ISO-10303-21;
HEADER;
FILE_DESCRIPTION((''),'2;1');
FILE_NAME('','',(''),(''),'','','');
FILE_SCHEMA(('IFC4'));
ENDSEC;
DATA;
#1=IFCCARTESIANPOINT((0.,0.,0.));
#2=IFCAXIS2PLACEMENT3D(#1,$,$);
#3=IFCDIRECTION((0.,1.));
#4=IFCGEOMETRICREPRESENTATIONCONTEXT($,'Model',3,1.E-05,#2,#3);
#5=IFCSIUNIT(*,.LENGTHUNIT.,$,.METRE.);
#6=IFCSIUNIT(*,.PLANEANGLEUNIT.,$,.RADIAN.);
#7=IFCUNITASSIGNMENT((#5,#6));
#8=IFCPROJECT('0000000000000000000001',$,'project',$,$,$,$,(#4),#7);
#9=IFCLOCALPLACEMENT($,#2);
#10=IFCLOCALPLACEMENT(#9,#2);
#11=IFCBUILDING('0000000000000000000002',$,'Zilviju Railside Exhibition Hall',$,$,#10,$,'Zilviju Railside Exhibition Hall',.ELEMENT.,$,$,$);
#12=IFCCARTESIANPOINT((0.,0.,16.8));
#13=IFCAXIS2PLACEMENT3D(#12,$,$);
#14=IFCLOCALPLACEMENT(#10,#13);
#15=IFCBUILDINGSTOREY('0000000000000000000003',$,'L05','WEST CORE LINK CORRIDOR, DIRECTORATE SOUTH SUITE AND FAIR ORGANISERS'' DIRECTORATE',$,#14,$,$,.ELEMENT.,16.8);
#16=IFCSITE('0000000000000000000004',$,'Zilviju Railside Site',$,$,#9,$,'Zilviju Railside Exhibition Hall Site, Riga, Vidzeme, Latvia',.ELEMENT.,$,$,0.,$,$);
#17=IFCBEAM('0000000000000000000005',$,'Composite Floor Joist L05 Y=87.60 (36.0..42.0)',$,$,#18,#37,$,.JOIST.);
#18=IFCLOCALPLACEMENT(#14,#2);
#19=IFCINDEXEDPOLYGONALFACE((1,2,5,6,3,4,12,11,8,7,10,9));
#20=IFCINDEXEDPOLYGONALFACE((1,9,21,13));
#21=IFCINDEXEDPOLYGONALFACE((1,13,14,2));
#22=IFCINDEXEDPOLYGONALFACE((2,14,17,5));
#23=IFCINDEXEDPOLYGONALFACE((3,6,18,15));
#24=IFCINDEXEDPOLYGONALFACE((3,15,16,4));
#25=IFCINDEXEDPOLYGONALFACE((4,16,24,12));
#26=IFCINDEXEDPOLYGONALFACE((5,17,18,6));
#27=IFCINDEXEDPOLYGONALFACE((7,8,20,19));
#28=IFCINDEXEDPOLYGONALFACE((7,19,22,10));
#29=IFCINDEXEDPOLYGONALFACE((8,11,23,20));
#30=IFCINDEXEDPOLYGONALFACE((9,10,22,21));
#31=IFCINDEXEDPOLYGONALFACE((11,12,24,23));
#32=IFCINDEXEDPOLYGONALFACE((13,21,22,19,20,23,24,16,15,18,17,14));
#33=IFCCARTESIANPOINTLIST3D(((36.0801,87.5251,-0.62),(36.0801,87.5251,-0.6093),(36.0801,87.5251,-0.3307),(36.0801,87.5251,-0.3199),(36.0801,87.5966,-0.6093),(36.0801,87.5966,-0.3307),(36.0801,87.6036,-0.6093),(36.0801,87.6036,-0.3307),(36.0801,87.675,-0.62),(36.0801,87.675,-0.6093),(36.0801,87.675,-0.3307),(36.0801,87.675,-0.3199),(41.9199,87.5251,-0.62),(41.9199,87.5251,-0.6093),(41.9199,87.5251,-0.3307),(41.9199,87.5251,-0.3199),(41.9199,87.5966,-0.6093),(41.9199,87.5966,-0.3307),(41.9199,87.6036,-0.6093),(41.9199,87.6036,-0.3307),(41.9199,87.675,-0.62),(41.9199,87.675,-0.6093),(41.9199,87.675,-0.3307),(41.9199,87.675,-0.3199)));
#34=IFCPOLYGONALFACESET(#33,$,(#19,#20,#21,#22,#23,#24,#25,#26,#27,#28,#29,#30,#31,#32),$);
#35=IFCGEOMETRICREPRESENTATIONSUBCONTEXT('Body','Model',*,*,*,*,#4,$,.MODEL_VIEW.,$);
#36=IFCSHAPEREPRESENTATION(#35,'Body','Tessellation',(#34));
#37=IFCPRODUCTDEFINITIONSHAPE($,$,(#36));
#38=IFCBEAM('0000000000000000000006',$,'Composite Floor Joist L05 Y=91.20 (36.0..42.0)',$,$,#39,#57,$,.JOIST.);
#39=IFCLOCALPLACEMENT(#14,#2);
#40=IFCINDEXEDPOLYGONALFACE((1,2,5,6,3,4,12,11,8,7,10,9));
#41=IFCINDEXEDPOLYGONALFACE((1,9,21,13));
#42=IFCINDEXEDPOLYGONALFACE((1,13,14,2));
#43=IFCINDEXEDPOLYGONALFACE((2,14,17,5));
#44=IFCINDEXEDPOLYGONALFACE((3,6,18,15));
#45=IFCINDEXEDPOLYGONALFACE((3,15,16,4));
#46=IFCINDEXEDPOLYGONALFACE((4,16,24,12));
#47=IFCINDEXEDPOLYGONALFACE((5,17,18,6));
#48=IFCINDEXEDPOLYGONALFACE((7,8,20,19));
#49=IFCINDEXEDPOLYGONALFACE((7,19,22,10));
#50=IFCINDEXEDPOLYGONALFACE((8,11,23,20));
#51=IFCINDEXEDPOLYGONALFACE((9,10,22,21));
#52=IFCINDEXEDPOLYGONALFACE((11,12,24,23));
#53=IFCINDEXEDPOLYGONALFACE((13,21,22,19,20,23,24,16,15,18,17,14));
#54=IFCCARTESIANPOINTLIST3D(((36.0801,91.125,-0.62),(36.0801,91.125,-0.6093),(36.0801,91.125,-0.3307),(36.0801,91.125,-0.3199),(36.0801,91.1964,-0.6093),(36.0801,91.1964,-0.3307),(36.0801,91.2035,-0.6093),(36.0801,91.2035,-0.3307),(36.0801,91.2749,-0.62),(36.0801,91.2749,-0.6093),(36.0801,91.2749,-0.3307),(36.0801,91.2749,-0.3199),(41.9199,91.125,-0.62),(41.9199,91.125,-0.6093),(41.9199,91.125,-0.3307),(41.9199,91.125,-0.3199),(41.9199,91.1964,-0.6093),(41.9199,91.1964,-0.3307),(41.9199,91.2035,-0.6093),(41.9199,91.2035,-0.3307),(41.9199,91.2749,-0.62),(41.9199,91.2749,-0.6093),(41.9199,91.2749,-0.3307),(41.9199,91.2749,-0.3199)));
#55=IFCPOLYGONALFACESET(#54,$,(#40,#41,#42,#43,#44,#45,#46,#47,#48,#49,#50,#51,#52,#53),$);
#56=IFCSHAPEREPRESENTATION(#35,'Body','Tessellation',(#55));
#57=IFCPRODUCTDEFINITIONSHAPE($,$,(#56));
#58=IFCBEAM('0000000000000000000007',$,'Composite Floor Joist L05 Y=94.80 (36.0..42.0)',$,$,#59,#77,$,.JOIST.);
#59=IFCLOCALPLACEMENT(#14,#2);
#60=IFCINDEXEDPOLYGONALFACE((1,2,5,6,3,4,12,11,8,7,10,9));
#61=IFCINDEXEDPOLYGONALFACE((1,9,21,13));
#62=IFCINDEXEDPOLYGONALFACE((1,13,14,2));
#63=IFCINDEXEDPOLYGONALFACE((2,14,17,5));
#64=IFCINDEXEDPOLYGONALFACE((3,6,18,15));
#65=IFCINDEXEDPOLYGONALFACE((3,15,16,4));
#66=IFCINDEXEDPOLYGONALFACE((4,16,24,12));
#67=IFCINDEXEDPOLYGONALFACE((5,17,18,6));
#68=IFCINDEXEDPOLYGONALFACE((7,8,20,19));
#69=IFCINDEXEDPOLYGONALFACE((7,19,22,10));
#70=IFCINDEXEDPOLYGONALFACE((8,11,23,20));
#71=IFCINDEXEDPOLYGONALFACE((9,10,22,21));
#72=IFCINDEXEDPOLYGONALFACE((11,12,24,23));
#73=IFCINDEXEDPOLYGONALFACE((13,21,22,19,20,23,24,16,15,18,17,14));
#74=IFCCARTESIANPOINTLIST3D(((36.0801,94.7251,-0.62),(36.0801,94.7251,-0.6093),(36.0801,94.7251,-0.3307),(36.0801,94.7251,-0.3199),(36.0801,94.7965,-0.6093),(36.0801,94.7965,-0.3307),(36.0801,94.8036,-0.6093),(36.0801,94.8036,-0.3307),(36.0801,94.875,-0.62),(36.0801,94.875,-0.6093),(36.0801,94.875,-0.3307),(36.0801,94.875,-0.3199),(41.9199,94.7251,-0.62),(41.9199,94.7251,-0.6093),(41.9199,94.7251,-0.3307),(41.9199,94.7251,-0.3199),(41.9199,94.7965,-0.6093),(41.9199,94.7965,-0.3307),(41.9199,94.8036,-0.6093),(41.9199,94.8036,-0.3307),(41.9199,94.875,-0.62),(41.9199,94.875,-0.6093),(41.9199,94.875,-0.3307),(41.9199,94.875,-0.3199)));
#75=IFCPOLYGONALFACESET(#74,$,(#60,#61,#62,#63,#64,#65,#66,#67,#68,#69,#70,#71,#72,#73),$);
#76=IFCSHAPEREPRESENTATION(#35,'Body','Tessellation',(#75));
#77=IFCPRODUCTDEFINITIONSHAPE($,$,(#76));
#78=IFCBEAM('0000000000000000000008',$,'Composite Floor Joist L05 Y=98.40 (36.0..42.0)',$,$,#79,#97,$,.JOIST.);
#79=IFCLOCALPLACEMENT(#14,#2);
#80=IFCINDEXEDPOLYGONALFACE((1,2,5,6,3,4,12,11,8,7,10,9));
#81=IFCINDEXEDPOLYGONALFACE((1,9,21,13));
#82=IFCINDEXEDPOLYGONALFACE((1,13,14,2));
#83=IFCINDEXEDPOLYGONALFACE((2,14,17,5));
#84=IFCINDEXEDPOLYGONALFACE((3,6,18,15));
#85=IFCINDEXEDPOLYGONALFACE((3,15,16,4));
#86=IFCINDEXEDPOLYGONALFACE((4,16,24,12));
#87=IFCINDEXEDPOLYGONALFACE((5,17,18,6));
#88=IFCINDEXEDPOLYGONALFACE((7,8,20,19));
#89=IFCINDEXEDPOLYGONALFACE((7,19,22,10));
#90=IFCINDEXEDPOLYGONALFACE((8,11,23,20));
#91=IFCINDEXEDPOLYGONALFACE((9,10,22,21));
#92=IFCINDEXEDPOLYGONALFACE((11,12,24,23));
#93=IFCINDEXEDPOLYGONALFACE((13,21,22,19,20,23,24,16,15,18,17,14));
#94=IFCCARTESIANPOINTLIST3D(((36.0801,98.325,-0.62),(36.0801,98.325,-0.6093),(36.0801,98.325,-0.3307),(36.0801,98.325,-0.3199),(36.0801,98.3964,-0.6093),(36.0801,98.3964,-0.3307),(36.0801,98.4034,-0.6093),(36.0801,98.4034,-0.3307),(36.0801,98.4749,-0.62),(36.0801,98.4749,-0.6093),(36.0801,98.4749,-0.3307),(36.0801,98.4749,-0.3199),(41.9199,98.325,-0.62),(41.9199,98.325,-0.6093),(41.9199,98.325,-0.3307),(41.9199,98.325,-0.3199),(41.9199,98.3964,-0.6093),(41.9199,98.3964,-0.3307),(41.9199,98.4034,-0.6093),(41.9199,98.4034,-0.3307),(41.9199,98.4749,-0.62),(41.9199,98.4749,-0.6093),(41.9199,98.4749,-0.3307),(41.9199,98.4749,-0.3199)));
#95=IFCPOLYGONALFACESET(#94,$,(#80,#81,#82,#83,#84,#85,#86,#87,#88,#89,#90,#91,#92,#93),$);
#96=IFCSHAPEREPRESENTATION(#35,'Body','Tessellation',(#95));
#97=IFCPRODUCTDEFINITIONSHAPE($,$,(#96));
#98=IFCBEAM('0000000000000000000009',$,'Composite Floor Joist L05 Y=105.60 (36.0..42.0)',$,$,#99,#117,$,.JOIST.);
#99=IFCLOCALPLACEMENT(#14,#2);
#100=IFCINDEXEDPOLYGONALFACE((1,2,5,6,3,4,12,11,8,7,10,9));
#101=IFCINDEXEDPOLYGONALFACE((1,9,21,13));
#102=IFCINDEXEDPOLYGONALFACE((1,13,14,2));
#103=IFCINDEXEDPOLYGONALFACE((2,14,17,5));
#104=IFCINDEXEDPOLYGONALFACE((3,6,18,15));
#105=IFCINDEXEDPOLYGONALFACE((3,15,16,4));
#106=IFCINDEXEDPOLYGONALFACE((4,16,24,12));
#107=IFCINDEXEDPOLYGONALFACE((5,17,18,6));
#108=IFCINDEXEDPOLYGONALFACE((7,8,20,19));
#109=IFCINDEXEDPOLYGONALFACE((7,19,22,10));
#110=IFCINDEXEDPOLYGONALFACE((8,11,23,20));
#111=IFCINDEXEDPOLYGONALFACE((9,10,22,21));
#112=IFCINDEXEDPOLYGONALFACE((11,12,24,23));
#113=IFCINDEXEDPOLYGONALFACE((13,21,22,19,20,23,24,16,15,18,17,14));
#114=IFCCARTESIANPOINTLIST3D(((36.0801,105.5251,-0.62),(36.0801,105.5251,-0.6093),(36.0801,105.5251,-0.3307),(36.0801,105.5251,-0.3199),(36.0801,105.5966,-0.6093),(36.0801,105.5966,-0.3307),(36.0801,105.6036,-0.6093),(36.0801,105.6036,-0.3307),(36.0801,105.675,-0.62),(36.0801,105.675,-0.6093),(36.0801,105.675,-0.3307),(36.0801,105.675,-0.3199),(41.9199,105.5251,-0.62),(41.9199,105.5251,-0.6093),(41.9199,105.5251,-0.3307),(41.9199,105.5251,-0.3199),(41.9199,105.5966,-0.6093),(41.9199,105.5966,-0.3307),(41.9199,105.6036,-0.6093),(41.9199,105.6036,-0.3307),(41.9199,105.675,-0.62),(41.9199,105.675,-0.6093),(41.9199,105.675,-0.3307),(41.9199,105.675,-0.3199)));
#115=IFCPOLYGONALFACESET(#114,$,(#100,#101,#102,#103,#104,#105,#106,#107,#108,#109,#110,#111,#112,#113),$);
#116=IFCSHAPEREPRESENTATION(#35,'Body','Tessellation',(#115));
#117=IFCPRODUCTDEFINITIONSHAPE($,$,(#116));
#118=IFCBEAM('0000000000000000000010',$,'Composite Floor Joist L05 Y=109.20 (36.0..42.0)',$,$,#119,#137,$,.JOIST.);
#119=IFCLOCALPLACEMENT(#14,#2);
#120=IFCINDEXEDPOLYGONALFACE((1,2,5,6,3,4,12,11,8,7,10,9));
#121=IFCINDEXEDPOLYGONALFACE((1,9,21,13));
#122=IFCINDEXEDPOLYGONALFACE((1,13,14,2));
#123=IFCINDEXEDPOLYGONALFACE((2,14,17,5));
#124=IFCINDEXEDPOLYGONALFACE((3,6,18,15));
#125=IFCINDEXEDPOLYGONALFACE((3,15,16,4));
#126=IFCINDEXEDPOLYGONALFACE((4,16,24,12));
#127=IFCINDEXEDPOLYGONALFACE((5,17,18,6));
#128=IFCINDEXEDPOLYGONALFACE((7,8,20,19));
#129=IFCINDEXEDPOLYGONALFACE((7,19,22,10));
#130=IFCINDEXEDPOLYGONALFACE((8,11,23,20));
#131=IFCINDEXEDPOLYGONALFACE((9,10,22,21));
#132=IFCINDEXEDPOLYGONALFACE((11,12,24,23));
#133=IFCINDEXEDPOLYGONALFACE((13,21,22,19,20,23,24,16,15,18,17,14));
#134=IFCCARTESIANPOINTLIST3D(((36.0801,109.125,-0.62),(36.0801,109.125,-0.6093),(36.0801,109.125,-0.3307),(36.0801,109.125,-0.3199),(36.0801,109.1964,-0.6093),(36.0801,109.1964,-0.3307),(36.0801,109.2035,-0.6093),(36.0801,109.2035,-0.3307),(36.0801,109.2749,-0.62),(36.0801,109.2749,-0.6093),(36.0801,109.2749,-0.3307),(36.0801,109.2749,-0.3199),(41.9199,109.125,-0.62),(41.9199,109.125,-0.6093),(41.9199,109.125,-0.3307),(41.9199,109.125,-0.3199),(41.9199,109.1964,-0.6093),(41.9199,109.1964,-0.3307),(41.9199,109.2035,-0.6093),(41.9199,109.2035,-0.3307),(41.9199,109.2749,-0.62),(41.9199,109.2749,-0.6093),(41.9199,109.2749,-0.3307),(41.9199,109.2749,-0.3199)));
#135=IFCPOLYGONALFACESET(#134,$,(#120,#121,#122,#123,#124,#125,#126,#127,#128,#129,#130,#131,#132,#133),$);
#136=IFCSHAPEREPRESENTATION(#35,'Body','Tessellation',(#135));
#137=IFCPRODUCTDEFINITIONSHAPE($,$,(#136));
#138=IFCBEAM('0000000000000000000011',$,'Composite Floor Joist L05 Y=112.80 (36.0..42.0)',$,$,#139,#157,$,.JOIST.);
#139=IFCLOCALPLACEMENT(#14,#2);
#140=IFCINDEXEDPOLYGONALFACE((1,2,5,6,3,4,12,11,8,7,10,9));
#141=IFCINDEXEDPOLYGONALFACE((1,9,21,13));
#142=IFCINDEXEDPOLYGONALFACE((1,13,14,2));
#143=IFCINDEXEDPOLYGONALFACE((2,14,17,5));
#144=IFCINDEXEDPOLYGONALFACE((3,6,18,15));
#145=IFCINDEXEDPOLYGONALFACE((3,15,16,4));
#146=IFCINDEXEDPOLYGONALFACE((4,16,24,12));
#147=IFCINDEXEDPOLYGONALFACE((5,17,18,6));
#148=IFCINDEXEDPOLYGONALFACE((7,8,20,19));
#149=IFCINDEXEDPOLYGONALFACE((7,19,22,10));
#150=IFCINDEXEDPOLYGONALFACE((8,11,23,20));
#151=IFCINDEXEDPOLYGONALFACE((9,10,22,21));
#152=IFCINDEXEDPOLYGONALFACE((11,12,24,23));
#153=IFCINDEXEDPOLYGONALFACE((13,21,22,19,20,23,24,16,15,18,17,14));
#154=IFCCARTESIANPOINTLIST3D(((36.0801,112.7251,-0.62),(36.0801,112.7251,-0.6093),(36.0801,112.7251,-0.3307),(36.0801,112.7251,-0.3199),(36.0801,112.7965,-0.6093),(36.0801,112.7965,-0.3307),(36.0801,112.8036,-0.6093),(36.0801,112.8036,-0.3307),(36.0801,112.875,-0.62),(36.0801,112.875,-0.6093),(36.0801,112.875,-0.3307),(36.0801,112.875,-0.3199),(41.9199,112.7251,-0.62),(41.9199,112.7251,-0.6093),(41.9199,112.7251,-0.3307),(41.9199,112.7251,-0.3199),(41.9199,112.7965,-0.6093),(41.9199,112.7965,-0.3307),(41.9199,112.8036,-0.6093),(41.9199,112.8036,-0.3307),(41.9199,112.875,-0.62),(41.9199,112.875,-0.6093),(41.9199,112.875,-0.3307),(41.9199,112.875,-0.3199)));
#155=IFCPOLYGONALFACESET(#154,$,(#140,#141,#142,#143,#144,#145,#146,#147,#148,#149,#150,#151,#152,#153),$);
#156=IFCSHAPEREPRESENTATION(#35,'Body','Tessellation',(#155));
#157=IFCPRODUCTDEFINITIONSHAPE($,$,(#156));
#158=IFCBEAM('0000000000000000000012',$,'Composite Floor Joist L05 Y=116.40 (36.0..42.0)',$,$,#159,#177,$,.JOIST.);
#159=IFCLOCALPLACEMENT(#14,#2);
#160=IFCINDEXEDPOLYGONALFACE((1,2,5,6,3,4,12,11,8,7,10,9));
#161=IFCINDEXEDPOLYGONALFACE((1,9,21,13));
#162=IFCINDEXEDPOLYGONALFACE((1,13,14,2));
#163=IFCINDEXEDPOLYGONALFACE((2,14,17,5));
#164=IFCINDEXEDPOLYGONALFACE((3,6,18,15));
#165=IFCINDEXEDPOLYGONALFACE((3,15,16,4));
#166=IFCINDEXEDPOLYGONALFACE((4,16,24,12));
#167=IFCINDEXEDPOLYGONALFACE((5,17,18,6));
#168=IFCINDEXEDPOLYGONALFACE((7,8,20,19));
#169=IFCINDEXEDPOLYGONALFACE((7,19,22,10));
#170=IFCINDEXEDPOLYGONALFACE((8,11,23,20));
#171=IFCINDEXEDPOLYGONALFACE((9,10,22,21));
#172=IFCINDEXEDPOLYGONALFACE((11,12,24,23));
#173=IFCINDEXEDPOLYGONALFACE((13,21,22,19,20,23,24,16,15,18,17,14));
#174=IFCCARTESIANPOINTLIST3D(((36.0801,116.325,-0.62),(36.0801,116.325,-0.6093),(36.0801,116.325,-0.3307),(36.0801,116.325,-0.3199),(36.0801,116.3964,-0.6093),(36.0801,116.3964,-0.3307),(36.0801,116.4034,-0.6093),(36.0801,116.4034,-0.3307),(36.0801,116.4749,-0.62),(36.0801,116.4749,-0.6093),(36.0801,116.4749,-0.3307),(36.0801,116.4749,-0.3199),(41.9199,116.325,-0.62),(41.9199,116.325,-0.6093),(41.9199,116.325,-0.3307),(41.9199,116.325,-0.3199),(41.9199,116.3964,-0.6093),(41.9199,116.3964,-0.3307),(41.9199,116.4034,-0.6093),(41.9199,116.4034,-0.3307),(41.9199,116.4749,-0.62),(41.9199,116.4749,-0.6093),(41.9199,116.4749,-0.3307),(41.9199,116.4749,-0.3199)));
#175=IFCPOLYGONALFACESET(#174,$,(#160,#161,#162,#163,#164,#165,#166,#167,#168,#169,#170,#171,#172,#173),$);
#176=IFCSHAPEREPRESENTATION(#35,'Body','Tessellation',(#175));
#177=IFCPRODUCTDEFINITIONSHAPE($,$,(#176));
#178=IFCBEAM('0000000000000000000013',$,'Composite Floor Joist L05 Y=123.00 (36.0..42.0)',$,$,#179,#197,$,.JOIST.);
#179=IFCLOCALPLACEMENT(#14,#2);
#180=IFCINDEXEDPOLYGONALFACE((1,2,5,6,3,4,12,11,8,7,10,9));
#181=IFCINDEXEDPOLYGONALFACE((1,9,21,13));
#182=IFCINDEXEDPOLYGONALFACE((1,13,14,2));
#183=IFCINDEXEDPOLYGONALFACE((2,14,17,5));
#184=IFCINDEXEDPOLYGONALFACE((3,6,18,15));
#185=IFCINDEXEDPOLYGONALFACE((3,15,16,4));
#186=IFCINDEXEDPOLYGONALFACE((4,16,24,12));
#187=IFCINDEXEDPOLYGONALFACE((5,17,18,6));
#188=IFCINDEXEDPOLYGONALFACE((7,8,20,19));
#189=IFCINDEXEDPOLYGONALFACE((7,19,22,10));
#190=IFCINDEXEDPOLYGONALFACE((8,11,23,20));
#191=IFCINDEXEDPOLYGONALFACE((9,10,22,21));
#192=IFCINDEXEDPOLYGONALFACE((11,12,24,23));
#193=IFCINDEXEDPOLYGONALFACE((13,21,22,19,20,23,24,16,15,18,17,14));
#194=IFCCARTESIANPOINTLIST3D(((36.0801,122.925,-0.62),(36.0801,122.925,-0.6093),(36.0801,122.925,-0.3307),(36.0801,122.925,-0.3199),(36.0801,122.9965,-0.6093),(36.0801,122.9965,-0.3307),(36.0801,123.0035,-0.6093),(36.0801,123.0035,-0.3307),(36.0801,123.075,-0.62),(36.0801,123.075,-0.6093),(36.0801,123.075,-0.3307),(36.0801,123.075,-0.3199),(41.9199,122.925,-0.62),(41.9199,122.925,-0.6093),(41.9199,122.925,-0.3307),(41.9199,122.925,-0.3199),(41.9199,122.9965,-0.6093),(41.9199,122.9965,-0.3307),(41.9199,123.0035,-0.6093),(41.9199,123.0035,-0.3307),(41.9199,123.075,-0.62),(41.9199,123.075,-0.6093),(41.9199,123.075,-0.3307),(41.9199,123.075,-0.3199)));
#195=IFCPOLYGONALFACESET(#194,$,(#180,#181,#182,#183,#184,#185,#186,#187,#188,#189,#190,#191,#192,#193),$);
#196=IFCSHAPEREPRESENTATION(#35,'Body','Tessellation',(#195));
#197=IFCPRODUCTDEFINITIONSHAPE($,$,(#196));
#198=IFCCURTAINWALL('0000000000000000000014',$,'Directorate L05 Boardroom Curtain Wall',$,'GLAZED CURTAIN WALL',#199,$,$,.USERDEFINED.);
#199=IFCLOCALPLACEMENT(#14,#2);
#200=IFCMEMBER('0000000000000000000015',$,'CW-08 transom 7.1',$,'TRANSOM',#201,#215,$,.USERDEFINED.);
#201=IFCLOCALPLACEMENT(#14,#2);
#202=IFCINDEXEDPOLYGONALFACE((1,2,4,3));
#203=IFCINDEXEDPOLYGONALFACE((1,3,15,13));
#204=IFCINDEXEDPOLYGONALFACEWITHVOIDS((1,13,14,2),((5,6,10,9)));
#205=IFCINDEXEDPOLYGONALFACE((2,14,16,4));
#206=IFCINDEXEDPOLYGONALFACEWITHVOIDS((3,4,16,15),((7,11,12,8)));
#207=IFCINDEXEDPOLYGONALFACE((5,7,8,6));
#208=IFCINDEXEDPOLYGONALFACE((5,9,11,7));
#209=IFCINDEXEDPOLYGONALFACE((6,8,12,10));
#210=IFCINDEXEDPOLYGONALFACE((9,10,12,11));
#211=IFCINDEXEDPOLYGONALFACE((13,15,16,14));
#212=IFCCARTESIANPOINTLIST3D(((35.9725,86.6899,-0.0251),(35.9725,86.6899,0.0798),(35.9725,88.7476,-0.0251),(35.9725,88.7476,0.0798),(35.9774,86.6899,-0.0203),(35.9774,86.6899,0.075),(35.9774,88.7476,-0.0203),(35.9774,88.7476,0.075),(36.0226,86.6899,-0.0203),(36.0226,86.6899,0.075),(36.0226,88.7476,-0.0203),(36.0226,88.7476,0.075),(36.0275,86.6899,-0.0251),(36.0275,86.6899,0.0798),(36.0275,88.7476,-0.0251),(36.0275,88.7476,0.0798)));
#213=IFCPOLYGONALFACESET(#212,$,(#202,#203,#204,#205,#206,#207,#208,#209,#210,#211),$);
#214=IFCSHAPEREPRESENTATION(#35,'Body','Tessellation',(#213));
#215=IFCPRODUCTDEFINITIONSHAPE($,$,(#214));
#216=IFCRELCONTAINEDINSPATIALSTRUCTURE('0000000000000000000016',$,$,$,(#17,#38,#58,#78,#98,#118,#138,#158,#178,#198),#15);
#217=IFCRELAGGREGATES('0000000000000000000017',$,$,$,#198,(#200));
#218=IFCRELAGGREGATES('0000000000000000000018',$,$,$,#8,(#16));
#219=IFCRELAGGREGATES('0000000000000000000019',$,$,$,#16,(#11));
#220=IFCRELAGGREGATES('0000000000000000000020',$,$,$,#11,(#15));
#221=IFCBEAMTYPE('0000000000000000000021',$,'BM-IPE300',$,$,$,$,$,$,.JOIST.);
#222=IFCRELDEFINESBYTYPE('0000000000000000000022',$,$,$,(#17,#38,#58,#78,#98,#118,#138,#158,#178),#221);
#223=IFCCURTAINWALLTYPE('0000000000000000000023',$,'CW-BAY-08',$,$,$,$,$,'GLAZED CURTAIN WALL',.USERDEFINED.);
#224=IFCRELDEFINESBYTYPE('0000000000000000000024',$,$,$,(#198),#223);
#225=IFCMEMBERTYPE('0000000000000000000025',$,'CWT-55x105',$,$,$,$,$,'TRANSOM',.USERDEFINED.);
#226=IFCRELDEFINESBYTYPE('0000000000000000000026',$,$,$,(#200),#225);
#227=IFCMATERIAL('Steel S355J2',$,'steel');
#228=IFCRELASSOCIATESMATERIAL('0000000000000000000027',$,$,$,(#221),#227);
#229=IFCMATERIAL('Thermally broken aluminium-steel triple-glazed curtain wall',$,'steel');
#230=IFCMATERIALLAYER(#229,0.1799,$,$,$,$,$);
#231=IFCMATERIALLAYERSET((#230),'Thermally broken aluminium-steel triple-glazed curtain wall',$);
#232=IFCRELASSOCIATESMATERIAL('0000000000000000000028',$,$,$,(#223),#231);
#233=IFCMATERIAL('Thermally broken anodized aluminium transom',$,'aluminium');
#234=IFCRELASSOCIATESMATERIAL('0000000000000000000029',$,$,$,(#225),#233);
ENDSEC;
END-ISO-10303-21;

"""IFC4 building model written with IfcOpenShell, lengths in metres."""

from ifc_helpers import new_model, si_unit, direction, frame, origin, origin_2d, place, context, subcontext, project, spatial, hollow_rectangle, i_section, extrude, material, layer, layer_set, material_profile, profile_set, type_object, element, aggregate, save


model = new_model("IFC4")

# Units and contexts
model_context = context("Model", 3, precision=1e-05, world=origin(), true_north=direction((0.0, 1.0)))
body_context = subcontext(model_context, "Body", "Model", "MODEL_VIEW")
ifc_project = project(units=[si_unit("LENGTHUNIT", "METRE"), si_unit("PLANEANGLEUNIT", "RADIAN")], contexts=[model_context])

# Site, building, storey
site_placement = place(None, origin())
site = spatial("IfcSite", under=ifc_project, at=site_placement, Name="Zilviju Railside Site", LongName="Zilviju Railside Exhibition Hall Site, Riga, Vidzeme, Latvia", CompositionType="ELEMENT", RefElevation=0.0)
building_placement = place(site_placement, origin())
building = spatial("IfcBuilding", under=site, at=building_placement, Name="Zilviju Railside Exhibition Hall", LongName="Zilviju Railside Exhibition Hall", CompositionType="ELEMENT")
storey_placement = place(building_placement, frame((0.0, 0.0, 16.8)))
storey = spatial("IfcBuildingStorey", under=building, at=storey_placement, Name="L05", Description="WEST CORE LINK CORRIDOR, DIRECTORATE SOUTH SUITE AND FAIR ORGANISERS' DIRECTORATE", CompositionType="ELEMENT", Elevation=16.8)

# Beams
ifc_material_1 = material(Name="Steel S355J2", Category="steel")
ifc_material_profile_1 = material_profile(ifc_material_1, i_section(OverallWidth=0.1499, OverallDepth=0.3, WebThickness=0.0071, FlangeThickness=0.0107, at=origin_2d()), Name="IPE 300")
ifc_profile_set_1 = profile_set([ifc_material_profile_1], Name="Steel S355J2")
beam_type = type_object("IfcBeamType", Name="BM-IPE300", PredefinedType="JOIST", material=ifc_profile_set_1)
for number, where, z_axis, x_axis, name in (
    (1, (36.0801, 87.6001, -0.47), (1.0, 0.0, 0.0), (0.0, 1.0, 0.0), "Composite Floor Joist L05 Y=87.60 (36.0..42.0)"),
    (2, (36.0801, 91.2, -0.47), (1.0, 0.0, 0.0), (0.0, 1.0, 0.0), "Composite Floor Joist L05 Y=91.20 (36.0..42.0)"),
    (3, (36.0801, 94.8, -0.47), (1.0, 0.0, 0.0), (0.0, 1.0, 0.0), "Composite Floor Joist L05 Y=94.80 (36.0..42.0)"),
    (4, (36.0801, 98.3999, -0.47), (1.0, 0.0, 0.0), (0.0, 1.0, 0.0), "Composite Floor Joist L05 Y=98.40 (36.0..42.0)"),
    (5, (36.0801, 105.6001, -0.47), (1.0, 0.0, 0.0), (0.0, 1.0, 0.0), "Composite Floor Joist L05 Y=105.60 (36.0..42.0)"),
    (6, (36.0801, 109.2, -0.47), (1.0, 0.0, 0.0), (0.0, 1.0, 0.0), "Composite Floor Joist L05 Y=109.20 (36.0..42.0)"),
    (7, (36.0801, 112.8, -0.47), (1.0, 0.0, 0.0), (0.0, 1.0, 0.0), "Composite Floor Joist L05 Y=112.80 (36.0..42.0)"),
    (8, (36.0801, 116.3999, -0.47), (1.0, 0.0, 0.0), (0.0, 1.0, 0.0), "Composite Floor Joist L05 Y=116.40 (36.0..42.0)"),
    (9, (36.0801, 123.0, -0.47), (1.0, 0.0, 0.0), (0.0, 1.0, 0.0), "Composite Floor Joist L05 Y=123.00 (36.0..42.0)"),
):
    element("IfcBeam", number, at=place(storey_placement, frame(where, z_axis=z_axis, x_axis=x_axis)), inside=storey, type_object=beam_type, Name=name, PredefinedType="JOIST", context=body_context, shape_type="SweptSolid", body=[
        extrude(i_section(OverallWidth=0.1499, OverallDepth=0.3, WebThickness=0.0071, FlangeThickness=0.0107, at=origin_2d()), origin(), (0.0, 0.0, 1.0), 5.8398),
    ])

# Curtain wall, member
ifc_material_2 = material(Name="Thermally broken aluminium-steel triple-glazed curtain wall", Category="steel")
ifc_layer_1 = layer(ifc_material_2, 0.1799)
ifc_layer_set_1 = layer_set([ifc_layer_1], Name="Thermally broken aluminium-steel triple-glazed curtain wall")
curtain_wall_type = type_object("IfcCurtainWallType", Name="CW-BAY-08", ElementType="GLAZED CURTAIN WALL", PredefinedType="USERDEFINED", material=ifc_layer_set_1)
curtain_wall_placement = place(storey_placement, origin())
curtain_wall = element("IfcCurtainWall", 10, at=curtain_wall_placement, inside=storey, type_object=curtain_wall_type, Name="Directorate L05 Boardroom Curtain Wall", ObjectType="GLAZED CURTAIN WALL", PredefinedType="USERDEFINED")
ifc_material_3 = material(Name="Thermally broken anodized aluminium transom", Category="aluminium")
ifc_material_profile_2 = material_profile(ifc_material_3, hollow_rectangle(XDim=0.0549, YDim=0.105, WallThickness=0.0049, at=origin_2d()), Name="TRANSOM 105x55x5")
ifc_profile_set_2 = profile_set([ifc_material_profile_2], Name="Thermally broken anodized aluminium transom")
member_type = type_object("IfcMemberType", Name="CWT-55x105", ElementType="TRANSOM", PredefinedType="USERDEFINED", material=ifc_profile_set_2)
member_1_placement = place(storey_placement, frame((36.0, 88.7476, 0.0273), z_axis=(0.0, -1.0, 0.0), x_axis=(1.0, 0.0, 0.0)))
member_1 = element("IfcMember", 11, at=member_1_placement, type_object=member_type, Name="CW-08 transom 7.1", ObjectType="TRANSOM", PredefinedType="USERDEFINED", context=body_context, shape_type="SweptSolid", body=[
    extrude(hollow_rectangle(XDim=0.0549, YDim=0.105, WallThickness=0.0049, at=origin_2d()), origin(), (0.0, 0.0, 1.0), 2.0576),
])
aggregate(curtain_wall, [member_1])

save(model, "model.ifc")
